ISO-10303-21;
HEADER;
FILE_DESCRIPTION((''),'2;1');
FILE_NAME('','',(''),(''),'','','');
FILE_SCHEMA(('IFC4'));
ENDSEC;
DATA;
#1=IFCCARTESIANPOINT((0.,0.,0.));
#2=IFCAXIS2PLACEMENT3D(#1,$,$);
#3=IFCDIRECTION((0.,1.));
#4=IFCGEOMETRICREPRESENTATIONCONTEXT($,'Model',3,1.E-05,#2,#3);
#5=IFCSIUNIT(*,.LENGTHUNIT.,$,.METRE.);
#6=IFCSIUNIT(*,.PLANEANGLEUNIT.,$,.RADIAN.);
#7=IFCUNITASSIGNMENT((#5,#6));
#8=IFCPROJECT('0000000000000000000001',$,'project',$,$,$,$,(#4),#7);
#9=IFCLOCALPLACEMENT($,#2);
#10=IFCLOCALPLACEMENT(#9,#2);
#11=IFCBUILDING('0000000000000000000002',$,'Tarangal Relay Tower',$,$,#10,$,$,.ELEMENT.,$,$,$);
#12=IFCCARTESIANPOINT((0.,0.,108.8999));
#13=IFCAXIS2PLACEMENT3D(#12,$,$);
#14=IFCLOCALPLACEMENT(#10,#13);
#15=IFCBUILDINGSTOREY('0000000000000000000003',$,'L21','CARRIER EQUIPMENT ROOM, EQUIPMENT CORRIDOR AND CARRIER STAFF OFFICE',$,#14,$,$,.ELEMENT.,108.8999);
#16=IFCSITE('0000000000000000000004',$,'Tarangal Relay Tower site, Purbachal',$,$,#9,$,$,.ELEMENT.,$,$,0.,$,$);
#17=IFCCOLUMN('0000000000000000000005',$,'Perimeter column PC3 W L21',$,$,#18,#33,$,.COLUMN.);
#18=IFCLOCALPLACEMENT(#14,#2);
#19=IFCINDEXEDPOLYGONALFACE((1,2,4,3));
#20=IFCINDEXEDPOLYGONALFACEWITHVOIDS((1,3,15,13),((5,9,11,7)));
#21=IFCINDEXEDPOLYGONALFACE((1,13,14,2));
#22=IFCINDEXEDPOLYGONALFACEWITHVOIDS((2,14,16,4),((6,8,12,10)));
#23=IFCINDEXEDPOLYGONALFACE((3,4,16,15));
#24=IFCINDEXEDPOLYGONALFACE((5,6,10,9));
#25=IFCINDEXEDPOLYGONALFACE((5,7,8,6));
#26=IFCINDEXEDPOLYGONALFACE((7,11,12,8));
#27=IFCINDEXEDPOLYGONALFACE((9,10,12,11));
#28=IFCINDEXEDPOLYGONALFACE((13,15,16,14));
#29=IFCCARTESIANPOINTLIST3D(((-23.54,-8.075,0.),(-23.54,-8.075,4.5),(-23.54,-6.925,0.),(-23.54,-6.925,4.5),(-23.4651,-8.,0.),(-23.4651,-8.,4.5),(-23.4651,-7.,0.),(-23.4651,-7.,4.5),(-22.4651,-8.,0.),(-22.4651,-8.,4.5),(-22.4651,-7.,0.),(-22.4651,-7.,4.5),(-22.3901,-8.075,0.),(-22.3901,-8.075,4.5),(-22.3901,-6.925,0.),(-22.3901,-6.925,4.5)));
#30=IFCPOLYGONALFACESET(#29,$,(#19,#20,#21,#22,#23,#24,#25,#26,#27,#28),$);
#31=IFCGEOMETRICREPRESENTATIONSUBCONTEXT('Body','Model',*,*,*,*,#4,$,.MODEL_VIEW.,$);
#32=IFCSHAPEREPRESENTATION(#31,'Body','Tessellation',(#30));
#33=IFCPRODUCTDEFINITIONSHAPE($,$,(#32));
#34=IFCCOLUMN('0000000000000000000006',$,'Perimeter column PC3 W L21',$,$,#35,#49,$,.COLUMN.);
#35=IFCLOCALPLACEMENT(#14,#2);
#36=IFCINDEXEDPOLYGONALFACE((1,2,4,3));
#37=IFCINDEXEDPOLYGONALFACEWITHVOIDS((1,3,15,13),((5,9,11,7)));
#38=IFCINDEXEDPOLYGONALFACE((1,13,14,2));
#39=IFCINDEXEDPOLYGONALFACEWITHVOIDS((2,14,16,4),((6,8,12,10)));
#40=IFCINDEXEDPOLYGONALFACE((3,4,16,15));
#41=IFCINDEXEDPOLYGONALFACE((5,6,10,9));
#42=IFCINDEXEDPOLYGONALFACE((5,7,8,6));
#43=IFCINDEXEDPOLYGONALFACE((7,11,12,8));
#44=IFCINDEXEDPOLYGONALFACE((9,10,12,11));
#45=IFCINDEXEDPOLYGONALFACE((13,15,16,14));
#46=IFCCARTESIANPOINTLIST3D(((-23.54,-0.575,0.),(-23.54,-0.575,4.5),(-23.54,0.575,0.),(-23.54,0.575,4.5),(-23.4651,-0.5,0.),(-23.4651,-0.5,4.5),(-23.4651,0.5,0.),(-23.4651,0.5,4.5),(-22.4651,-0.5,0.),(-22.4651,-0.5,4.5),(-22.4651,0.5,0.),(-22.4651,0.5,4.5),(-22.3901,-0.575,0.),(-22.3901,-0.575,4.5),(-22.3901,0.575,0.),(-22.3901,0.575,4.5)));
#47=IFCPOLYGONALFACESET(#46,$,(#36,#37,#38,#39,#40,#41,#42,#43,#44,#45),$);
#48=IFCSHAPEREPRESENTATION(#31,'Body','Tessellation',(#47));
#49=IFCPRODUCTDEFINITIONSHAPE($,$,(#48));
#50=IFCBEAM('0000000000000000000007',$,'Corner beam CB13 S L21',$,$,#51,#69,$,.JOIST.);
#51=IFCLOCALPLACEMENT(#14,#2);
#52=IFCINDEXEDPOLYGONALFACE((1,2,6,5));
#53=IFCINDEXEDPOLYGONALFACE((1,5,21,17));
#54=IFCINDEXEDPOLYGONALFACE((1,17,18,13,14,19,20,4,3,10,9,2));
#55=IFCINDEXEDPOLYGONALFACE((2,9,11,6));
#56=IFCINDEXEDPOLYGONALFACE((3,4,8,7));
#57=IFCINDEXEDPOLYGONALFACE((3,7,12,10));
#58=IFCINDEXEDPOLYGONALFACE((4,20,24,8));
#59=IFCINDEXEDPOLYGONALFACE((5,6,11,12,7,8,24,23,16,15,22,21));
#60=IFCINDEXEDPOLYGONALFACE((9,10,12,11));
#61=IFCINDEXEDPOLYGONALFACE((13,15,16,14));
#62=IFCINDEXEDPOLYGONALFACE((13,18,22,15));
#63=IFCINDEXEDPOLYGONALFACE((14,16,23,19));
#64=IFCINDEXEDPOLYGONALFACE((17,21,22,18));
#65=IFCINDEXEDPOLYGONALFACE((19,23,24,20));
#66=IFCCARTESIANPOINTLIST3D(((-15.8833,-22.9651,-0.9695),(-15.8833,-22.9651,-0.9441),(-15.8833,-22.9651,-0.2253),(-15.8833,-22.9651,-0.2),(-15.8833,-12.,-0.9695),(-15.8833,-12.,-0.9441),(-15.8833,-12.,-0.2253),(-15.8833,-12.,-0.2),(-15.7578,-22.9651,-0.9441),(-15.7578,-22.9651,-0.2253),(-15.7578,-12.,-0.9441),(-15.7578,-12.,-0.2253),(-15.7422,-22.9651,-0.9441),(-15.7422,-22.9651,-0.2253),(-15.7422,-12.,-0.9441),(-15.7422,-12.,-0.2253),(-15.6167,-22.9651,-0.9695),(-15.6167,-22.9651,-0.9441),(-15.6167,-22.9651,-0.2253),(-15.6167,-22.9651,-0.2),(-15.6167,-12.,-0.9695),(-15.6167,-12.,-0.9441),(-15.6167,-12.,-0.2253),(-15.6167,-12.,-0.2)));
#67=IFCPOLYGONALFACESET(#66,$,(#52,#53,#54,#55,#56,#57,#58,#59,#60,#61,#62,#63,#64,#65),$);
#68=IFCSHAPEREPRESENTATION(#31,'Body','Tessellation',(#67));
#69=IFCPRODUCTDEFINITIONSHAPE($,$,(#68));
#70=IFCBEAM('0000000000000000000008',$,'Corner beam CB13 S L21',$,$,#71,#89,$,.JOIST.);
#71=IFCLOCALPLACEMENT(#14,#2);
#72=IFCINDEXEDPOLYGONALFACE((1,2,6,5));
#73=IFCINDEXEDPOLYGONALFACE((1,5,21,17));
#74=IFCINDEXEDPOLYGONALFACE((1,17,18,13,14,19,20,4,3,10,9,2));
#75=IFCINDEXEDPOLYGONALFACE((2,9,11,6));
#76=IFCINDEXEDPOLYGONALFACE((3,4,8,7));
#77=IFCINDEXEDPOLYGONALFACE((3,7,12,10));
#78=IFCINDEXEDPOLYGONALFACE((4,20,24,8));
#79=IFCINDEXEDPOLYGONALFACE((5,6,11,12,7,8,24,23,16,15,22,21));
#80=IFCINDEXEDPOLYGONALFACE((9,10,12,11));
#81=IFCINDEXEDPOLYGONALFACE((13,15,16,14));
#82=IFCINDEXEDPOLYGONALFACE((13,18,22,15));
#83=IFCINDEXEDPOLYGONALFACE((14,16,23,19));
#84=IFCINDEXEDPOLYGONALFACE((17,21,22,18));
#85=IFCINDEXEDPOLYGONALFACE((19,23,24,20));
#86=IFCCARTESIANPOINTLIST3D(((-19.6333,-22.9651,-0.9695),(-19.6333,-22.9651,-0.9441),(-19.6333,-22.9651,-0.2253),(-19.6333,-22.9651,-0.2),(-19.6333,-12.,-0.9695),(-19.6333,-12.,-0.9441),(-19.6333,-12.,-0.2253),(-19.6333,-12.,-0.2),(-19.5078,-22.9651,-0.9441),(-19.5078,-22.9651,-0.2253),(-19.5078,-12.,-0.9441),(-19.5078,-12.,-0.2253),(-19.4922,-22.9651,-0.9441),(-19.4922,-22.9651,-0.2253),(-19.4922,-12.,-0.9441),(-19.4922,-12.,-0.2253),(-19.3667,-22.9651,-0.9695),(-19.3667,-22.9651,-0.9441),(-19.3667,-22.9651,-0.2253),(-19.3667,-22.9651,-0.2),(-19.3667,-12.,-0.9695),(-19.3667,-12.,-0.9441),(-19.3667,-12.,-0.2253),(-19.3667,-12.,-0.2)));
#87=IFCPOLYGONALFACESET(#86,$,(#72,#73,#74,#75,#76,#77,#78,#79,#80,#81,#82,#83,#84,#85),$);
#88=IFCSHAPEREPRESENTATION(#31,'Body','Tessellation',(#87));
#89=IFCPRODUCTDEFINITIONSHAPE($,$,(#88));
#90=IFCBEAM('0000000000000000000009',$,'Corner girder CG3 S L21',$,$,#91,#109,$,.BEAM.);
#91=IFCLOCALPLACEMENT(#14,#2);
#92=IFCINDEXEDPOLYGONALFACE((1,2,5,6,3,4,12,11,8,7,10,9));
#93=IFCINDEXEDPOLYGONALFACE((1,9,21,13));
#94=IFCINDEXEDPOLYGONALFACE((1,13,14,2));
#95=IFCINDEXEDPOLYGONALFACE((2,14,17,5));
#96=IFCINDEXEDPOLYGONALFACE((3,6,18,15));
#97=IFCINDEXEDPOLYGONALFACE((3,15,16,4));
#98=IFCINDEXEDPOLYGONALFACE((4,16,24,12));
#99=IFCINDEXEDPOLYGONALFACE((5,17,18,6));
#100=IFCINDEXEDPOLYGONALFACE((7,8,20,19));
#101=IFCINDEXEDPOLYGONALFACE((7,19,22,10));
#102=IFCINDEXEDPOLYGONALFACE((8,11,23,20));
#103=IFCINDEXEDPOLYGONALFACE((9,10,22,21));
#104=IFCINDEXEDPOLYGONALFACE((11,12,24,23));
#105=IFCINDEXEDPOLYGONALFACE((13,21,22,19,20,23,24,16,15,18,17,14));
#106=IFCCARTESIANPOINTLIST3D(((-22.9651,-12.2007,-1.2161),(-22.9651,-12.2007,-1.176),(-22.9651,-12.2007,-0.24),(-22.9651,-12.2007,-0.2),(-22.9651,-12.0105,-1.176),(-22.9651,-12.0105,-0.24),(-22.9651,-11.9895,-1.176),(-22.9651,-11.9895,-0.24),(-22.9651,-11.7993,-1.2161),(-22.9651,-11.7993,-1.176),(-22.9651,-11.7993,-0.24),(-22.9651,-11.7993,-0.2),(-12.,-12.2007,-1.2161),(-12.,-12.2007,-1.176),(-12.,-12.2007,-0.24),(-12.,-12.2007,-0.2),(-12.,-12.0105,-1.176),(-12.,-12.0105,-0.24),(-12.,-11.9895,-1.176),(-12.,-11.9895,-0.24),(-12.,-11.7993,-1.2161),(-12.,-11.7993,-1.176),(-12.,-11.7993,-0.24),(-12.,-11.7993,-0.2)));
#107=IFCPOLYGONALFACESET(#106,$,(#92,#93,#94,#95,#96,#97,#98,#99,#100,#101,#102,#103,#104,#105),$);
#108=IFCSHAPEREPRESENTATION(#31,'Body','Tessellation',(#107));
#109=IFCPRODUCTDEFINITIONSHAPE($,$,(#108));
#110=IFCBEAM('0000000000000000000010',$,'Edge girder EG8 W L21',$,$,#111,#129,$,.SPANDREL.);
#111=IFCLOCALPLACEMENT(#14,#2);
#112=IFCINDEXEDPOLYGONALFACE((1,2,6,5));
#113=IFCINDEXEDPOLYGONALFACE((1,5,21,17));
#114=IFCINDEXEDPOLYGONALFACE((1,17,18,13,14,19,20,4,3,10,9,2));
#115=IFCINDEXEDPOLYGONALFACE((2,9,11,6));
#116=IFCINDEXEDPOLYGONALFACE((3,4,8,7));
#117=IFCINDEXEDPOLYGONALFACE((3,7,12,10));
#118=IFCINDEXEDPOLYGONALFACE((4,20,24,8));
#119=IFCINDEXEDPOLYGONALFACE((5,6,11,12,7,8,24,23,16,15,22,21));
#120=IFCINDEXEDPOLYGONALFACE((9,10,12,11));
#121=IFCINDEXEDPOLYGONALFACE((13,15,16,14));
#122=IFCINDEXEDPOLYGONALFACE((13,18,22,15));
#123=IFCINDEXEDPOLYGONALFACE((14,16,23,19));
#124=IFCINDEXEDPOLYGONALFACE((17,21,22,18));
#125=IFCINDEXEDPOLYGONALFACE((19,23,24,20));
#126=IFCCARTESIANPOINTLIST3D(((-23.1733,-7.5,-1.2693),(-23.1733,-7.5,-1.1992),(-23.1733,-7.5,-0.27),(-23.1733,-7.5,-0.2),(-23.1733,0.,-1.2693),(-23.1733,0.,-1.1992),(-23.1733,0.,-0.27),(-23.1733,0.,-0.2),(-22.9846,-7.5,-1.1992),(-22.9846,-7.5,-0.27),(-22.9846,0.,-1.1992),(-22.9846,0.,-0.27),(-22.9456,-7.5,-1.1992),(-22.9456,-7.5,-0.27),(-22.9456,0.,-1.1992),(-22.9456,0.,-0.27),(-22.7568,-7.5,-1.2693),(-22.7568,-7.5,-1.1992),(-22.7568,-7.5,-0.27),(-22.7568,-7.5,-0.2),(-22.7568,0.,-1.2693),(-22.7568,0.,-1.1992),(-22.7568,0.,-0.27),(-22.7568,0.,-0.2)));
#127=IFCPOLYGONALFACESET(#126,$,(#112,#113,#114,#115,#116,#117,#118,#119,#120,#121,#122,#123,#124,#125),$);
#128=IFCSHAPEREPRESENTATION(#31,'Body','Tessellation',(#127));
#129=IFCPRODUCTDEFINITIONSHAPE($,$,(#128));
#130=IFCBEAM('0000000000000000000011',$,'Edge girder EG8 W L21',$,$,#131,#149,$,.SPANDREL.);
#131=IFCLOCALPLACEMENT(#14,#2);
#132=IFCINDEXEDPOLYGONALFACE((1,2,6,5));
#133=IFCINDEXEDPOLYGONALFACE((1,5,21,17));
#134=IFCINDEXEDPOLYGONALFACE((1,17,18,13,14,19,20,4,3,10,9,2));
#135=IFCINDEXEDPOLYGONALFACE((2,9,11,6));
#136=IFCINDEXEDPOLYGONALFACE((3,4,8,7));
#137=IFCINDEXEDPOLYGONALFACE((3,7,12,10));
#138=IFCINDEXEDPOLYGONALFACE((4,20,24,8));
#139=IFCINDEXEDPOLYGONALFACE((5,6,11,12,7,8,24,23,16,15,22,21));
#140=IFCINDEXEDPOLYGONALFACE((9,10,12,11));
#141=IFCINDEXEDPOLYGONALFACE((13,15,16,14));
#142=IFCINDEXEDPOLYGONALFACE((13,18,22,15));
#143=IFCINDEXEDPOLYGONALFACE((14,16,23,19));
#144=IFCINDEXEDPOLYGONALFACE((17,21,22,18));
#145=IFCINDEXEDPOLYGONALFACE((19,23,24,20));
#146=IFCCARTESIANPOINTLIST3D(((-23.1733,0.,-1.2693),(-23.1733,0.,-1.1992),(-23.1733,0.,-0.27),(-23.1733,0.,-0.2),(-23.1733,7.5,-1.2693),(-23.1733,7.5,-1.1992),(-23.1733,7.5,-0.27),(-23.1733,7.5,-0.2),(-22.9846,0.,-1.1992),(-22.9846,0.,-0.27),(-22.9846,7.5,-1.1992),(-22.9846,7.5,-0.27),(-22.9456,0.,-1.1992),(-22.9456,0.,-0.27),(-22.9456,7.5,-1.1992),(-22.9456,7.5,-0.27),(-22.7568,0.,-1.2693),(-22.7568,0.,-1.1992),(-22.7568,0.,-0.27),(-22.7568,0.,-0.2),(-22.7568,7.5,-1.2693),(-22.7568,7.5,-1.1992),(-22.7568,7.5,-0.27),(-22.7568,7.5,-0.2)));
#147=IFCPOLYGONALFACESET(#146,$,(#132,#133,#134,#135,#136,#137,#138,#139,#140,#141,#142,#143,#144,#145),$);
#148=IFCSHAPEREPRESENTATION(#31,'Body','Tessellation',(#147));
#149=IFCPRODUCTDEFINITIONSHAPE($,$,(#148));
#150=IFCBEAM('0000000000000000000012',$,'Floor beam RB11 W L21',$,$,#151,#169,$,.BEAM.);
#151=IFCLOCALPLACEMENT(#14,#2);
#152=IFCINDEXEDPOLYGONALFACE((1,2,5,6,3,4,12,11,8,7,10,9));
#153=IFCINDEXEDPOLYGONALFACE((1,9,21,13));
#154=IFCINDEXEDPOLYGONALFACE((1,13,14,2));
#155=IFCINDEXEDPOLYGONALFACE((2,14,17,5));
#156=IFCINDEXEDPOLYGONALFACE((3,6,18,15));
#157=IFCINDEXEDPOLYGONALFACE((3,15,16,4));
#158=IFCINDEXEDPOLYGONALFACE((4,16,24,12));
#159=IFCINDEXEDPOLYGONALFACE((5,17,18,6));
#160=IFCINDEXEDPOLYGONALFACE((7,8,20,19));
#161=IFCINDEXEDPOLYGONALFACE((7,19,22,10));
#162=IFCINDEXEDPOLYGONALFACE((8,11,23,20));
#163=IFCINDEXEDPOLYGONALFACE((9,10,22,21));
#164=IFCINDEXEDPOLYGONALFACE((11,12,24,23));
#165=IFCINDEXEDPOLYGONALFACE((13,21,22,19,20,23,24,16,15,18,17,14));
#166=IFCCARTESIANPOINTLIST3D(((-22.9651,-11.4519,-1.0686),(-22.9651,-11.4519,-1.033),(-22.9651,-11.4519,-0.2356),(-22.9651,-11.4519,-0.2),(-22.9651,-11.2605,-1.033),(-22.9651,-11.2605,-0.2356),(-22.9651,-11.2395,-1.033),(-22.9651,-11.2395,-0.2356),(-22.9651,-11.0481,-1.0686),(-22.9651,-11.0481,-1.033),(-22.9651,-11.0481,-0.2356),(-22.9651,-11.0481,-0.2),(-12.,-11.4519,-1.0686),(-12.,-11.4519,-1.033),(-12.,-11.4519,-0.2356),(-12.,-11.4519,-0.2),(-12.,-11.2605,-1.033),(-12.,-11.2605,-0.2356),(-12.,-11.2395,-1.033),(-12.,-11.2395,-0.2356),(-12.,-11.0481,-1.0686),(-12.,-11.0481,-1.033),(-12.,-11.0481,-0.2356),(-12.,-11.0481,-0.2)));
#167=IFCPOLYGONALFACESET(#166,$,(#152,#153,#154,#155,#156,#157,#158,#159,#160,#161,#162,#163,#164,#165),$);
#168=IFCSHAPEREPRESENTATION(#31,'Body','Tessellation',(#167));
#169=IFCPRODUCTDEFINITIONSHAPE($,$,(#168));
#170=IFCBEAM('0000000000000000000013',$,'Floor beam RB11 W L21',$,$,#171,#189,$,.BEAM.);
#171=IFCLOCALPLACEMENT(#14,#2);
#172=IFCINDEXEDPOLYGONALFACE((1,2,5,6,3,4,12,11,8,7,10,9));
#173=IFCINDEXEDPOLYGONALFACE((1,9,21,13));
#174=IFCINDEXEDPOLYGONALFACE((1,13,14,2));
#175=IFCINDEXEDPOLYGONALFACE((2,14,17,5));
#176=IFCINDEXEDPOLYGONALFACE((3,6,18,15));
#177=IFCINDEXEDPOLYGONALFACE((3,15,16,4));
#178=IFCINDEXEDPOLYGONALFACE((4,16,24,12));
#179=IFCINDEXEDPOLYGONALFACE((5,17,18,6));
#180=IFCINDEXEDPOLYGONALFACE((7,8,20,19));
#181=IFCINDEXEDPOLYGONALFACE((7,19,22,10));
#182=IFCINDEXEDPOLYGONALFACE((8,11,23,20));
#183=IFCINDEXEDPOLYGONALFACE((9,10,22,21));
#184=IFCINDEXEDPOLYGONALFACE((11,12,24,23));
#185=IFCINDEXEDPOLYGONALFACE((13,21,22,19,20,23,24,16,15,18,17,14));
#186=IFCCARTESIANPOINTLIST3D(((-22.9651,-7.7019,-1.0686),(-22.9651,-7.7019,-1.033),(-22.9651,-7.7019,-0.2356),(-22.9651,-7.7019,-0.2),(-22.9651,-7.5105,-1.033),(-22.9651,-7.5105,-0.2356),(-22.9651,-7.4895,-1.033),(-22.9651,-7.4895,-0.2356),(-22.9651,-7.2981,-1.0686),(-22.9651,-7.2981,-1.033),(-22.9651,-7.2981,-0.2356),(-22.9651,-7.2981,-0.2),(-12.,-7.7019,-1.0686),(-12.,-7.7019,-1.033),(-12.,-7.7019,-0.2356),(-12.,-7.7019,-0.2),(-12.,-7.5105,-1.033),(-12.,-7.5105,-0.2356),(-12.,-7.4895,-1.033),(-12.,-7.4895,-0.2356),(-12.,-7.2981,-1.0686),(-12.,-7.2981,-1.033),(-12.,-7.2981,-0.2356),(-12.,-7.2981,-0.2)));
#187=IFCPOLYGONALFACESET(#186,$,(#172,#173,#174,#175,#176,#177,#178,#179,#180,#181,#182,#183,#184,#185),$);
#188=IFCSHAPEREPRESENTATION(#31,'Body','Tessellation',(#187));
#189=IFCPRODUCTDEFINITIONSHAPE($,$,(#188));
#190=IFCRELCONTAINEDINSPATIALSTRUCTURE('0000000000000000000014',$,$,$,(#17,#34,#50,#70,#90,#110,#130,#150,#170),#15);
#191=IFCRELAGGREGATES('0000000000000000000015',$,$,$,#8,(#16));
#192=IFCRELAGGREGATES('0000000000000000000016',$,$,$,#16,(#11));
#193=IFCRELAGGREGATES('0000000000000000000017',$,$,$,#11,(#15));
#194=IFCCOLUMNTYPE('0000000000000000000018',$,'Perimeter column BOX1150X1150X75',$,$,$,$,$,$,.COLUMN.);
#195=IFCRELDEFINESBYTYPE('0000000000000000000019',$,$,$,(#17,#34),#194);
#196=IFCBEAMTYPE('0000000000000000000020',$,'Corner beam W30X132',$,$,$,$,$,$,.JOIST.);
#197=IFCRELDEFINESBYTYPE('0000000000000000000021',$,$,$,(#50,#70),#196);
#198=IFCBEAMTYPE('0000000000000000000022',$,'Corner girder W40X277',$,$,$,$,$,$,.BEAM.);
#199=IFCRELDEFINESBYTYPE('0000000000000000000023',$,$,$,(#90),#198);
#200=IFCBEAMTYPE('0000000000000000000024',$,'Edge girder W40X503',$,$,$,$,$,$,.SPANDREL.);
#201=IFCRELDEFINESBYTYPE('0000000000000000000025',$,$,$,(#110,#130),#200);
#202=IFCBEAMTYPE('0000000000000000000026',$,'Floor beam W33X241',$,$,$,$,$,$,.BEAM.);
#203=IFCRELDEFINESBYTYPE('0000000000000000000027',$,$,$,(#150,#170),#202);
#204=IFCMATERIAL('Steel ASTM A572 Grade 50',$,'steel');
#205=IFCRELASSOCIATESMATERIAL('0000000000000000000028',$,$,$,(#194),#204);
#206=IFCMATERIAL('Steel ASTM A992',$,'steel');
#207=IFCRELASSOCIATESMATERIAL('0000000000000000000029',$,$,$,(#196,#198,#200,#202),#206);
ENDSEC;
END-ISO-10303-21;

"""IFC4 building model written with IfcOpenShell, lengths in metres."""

from ifc_helpers import new_model, si_unit, direction, frame, origin, origin_2d, place, context, subcontext, project, spatial, hollow_rectangle, i_section, extrude, material, material_profile, profile_set, type_object, element, save


model = new_model("IFC4")

# Units and contexts
model_context = context("Model", 3, precision=1e-05, world=origin(), true_north=direction((0.0, 1.0)))
body_context = subcontext(model_context, "Body", "Model", "MODEL_VIEW")
ifc_project = project(units=[si_unit("LENGTHUNIT", "METRE"), si_unit("PLANEANGLEUNIT", "RADIAN")], contexts=[model_context])

# Site, building, storey
site_placement = place(None, origin())
site = spatial("IfcSite", under=ifc_project, at=site_placement, Name="Tarangal Relay Tower site, Purbachal", CompositionType="ELEMENT", RefElevation=0.0)
building_placement = place(site_placement, origin())
building = spatial("IfcBuilding", under=site, at=building_placement, Name="Tarangal Relay Tower", CompositionType="ELEMENT")
storey_placement = place(building_placement, frame((0.0, 0.0, 108.8999)))
storey = spatial("IfcBuildingStorey", under=building, at=storey_placement, Name="L21", Description="CARRIER EQUIPMENT ROOM, EQUIPMENT CORRIDOR AND CARRIER STAFF OFFICE", CompositionType="ELEMENT", Elevation=108.8999)

# Columns
ifc_material_1 = material(Name="Steel ASTM A572 Grade 50", Category="steel")
ifc_material_profile_1 = material_profile(ifc_material_1, hollow_rectangle(XDim=1.1499, YDim=1.1499, WallThickness=0.075, at=origin_2d()), Name="BOX1150X1150X75")
ifc_profile_set_1 = profile_set([ifc_material_profile_1], Name="Steel ASTM A572 Grade 50")
column_type = type_object("IfcColumnType", Name="Perimeter column BOX1150X1150X75", PredefinedType="COLUMN", material=ifc_profile_set_1)
for number, where, z_axis, x_axis, name in (
    (1, (-22.9651, -7.5, 0.0), (0.0, 0.0, 1.0), (1.0, 0.0, 0.0), "Perimeter column PC3 W L21"),
    (2, (-22.9651, 0.0, 0.0), (0.0, 0.0, 1.0), (1.0, 0.0, 0.0), "Perimeter column PC3 W L21"),
):
    element("IfcColumn", number, at=place(storey_placement, frame(where, z_axis=z_axis, x_axis=x_axis)), inside=storey, type_object=column_type, Name=name, PredefinedType="COLUMN", context=body_context, shape_type="SweptSolid", body=[
        extrude(hollow_rectangle(XDim=1.1499, YDim=1.1499, WallThickness=0.075, at=origin_2d()), origin(), (0.0, 0.0, 1.0), 4.5),
    ])

# Beams
ifc_material_2 = material(Name="Steel ASTM A992", Category="steel")
ifc_material_profile_2 = material_profile(ifc_material_2, i_section(OverallWidth=0.2666, OverallDepth=0.7695, WebThickness=0.0156, FlangeThickness=0.0254, at=origin_2d()), Name="W30X132")
ifc_profile_set_2 = profile_set([ifc_material_profile_2], Name="Steel ASTM A992")
beam_type_1 = type_object("IfcBeamType", Name="Corner beam W30X132", PredefinedType="JOIST", material=ifc_profile_set_2)
for number, where, z_axis, x_axis, name in (
    (3, (-15.75, -12.0, -0.5847), (0.0, -1.0, 0.0), (1.0, 0.0, 0.0), "Corner beam CB13 S L21"),
    (4, (-19.5, -12.0, -0.5847), (0.0, -1.0, 0.0), (1.0, 0.0, 0.0), "Corner beam CB13 S L21"),
):
    element("IfcBeam", number, at=place(storey_placement, frame(where, z_axis=z_axis, x_axis=x_axis)), inside=storey, type_object=beam_type_1, Name=name, PredefinedType="JOIST", context=body_context, shape_type="SweptSolid", body=[
        extrude(i_section(OverallWidth=0.2666, OverallDepth=0.7695, WebThickness=0.0156, FlangeThickness=0.0254, at=origin_2d()), origin(), (0.0, 0.0, 1.0), 10.9651),
    ])
ifc_material_profile_3 = material_profile(ifc_material_2, i_section(OverallWidth=0.4014, OverallDepth=1.0161, WebThickness=0.021, FlangeThickness=0.04, at=origin_2d()), Name="W40X277")
ifc_profile_set_3 = profile_set([ifc_material_profile_3], Name="Steel ASTM A992")
beam_type_2 = type_object("IfcBeamType", Name="Corner girder W40X277", PredefinedType="BEAM", material=ifc_profile_set_3)
beam_placement = place(storey_placement, frame((-12.0, -12.0, -0.708), z_axis=(-1.0, 0.0, 0.0), x_axis=(0.0, -1.0, 0.0)))
element("IfcBeam", 5, at=beam_placement, inside=storey, type_object=beam_type_2, Name="Corner girder CG3 S L21", PredefinedType="BEAM", context=body_context, shape_type="SweptSolid", body=[
    extrude(i_section(OverallWidth=0.4014, OverallDepth=1.0161, WebThickness=0.021, FlangeThickness=0.04, at=origin_2d()), origin(), (0.0, 0.0, 1.0), 10.9651),
])
ifc_material_profile_4 = material_profile(ifc_material_2, i_section(OverallWidth=0.4165, OverallDepth=1.0693, WebThickness=0.0391, FlangeThickness=0.0701, at=origin_2d()), Name="W40X503")
ifc_profile_set_4 = profile_set([ifc_material_profile_4], Name="Steel ASTM A992")
beam_type_3 = type_object("IfcBeamType", Name="Edge girder W40X503", PredefinedType="SPANDREL", material=ifc_profile_set_4)
for number, where, z_axis, x_axis, name in (
    (6, (-22.9651, -7.5, -0.7346), (0.0, 1.0, 0.0), (-1.0, 0.0, 0.0), "Edge girder EG8 W L21"),
    (7, (-22.9651, 0.0, -0.7346), (0.0, 1.0, 0.0), (-1.0, 0.0, 0.0), "Edge girder EG8 W L21"),
):
    element("IfcBeam", number, at=place(storey_placement, frame(where, z_axis=z_axis, x_axis=x_axis)), inside=storey, type_object=beam_type_3, Name=name, PredefinedType="SPANDREL", context=body_context, shape_type="SweptSolid", body=[
        extrude(i_section(OverallWidth=0.4165, OverallDepth=1.0693, WebThickness=0.0391, FlangeThickness=0.0701, at=origin_2d()), origin(), (0.0, 0.0, 1.0), 7.5),
    ])
ifc_material_profile_5 = material_profile(ifc_material_2, i_section(OverallWidth=0.4038, OverallDepth=0.8687, WebThickness=0.021, FlangeThickness=0.0356, at=origin_2d()), Name="W33X241")
ifc_profile_set_5 = profile_set([ifc_material_profile_5], Name="Steel ASTM A992")
beam_type_4 = type_object("IfcBeamType", Name="Floor beam W33X241", PredefinedType="BEAM", material=ifc_profile_set_5)
for number, where, z_axis, x_axis, name in (
    (8, (-12.0, -11.25, -0.6343), (-1.0, 0.0, 0.0), (0.0, -1.0, 0.0), "Floor beam RB11 W L21"),
    (9, (-12.0, -7.5, -0.6343), (-1.0, 0.0, 0.0), (0.0, -1.0, 0.0), "Floor beam RB11 W L21"),
):
    element("IfcBeam", number, at=place(storey_placement, frame(where, z_axis=z_axis, x_axis=x_axis)), inside=storey, type_object=beam_type_4, Name=name, PredefinedType="BEAM", context=body_context, shape_type="SweptSolid", body=[
        extrude(i_section(OverallWidth=0.4038, OverallDepth=0.8687, WebThickness=0.021, FlangeThickness=0.0356, at=origin_2d()), origin(), (0.0, 0.0, 1.0), 10.9651),
    ])

save(model, "model.ifc")
